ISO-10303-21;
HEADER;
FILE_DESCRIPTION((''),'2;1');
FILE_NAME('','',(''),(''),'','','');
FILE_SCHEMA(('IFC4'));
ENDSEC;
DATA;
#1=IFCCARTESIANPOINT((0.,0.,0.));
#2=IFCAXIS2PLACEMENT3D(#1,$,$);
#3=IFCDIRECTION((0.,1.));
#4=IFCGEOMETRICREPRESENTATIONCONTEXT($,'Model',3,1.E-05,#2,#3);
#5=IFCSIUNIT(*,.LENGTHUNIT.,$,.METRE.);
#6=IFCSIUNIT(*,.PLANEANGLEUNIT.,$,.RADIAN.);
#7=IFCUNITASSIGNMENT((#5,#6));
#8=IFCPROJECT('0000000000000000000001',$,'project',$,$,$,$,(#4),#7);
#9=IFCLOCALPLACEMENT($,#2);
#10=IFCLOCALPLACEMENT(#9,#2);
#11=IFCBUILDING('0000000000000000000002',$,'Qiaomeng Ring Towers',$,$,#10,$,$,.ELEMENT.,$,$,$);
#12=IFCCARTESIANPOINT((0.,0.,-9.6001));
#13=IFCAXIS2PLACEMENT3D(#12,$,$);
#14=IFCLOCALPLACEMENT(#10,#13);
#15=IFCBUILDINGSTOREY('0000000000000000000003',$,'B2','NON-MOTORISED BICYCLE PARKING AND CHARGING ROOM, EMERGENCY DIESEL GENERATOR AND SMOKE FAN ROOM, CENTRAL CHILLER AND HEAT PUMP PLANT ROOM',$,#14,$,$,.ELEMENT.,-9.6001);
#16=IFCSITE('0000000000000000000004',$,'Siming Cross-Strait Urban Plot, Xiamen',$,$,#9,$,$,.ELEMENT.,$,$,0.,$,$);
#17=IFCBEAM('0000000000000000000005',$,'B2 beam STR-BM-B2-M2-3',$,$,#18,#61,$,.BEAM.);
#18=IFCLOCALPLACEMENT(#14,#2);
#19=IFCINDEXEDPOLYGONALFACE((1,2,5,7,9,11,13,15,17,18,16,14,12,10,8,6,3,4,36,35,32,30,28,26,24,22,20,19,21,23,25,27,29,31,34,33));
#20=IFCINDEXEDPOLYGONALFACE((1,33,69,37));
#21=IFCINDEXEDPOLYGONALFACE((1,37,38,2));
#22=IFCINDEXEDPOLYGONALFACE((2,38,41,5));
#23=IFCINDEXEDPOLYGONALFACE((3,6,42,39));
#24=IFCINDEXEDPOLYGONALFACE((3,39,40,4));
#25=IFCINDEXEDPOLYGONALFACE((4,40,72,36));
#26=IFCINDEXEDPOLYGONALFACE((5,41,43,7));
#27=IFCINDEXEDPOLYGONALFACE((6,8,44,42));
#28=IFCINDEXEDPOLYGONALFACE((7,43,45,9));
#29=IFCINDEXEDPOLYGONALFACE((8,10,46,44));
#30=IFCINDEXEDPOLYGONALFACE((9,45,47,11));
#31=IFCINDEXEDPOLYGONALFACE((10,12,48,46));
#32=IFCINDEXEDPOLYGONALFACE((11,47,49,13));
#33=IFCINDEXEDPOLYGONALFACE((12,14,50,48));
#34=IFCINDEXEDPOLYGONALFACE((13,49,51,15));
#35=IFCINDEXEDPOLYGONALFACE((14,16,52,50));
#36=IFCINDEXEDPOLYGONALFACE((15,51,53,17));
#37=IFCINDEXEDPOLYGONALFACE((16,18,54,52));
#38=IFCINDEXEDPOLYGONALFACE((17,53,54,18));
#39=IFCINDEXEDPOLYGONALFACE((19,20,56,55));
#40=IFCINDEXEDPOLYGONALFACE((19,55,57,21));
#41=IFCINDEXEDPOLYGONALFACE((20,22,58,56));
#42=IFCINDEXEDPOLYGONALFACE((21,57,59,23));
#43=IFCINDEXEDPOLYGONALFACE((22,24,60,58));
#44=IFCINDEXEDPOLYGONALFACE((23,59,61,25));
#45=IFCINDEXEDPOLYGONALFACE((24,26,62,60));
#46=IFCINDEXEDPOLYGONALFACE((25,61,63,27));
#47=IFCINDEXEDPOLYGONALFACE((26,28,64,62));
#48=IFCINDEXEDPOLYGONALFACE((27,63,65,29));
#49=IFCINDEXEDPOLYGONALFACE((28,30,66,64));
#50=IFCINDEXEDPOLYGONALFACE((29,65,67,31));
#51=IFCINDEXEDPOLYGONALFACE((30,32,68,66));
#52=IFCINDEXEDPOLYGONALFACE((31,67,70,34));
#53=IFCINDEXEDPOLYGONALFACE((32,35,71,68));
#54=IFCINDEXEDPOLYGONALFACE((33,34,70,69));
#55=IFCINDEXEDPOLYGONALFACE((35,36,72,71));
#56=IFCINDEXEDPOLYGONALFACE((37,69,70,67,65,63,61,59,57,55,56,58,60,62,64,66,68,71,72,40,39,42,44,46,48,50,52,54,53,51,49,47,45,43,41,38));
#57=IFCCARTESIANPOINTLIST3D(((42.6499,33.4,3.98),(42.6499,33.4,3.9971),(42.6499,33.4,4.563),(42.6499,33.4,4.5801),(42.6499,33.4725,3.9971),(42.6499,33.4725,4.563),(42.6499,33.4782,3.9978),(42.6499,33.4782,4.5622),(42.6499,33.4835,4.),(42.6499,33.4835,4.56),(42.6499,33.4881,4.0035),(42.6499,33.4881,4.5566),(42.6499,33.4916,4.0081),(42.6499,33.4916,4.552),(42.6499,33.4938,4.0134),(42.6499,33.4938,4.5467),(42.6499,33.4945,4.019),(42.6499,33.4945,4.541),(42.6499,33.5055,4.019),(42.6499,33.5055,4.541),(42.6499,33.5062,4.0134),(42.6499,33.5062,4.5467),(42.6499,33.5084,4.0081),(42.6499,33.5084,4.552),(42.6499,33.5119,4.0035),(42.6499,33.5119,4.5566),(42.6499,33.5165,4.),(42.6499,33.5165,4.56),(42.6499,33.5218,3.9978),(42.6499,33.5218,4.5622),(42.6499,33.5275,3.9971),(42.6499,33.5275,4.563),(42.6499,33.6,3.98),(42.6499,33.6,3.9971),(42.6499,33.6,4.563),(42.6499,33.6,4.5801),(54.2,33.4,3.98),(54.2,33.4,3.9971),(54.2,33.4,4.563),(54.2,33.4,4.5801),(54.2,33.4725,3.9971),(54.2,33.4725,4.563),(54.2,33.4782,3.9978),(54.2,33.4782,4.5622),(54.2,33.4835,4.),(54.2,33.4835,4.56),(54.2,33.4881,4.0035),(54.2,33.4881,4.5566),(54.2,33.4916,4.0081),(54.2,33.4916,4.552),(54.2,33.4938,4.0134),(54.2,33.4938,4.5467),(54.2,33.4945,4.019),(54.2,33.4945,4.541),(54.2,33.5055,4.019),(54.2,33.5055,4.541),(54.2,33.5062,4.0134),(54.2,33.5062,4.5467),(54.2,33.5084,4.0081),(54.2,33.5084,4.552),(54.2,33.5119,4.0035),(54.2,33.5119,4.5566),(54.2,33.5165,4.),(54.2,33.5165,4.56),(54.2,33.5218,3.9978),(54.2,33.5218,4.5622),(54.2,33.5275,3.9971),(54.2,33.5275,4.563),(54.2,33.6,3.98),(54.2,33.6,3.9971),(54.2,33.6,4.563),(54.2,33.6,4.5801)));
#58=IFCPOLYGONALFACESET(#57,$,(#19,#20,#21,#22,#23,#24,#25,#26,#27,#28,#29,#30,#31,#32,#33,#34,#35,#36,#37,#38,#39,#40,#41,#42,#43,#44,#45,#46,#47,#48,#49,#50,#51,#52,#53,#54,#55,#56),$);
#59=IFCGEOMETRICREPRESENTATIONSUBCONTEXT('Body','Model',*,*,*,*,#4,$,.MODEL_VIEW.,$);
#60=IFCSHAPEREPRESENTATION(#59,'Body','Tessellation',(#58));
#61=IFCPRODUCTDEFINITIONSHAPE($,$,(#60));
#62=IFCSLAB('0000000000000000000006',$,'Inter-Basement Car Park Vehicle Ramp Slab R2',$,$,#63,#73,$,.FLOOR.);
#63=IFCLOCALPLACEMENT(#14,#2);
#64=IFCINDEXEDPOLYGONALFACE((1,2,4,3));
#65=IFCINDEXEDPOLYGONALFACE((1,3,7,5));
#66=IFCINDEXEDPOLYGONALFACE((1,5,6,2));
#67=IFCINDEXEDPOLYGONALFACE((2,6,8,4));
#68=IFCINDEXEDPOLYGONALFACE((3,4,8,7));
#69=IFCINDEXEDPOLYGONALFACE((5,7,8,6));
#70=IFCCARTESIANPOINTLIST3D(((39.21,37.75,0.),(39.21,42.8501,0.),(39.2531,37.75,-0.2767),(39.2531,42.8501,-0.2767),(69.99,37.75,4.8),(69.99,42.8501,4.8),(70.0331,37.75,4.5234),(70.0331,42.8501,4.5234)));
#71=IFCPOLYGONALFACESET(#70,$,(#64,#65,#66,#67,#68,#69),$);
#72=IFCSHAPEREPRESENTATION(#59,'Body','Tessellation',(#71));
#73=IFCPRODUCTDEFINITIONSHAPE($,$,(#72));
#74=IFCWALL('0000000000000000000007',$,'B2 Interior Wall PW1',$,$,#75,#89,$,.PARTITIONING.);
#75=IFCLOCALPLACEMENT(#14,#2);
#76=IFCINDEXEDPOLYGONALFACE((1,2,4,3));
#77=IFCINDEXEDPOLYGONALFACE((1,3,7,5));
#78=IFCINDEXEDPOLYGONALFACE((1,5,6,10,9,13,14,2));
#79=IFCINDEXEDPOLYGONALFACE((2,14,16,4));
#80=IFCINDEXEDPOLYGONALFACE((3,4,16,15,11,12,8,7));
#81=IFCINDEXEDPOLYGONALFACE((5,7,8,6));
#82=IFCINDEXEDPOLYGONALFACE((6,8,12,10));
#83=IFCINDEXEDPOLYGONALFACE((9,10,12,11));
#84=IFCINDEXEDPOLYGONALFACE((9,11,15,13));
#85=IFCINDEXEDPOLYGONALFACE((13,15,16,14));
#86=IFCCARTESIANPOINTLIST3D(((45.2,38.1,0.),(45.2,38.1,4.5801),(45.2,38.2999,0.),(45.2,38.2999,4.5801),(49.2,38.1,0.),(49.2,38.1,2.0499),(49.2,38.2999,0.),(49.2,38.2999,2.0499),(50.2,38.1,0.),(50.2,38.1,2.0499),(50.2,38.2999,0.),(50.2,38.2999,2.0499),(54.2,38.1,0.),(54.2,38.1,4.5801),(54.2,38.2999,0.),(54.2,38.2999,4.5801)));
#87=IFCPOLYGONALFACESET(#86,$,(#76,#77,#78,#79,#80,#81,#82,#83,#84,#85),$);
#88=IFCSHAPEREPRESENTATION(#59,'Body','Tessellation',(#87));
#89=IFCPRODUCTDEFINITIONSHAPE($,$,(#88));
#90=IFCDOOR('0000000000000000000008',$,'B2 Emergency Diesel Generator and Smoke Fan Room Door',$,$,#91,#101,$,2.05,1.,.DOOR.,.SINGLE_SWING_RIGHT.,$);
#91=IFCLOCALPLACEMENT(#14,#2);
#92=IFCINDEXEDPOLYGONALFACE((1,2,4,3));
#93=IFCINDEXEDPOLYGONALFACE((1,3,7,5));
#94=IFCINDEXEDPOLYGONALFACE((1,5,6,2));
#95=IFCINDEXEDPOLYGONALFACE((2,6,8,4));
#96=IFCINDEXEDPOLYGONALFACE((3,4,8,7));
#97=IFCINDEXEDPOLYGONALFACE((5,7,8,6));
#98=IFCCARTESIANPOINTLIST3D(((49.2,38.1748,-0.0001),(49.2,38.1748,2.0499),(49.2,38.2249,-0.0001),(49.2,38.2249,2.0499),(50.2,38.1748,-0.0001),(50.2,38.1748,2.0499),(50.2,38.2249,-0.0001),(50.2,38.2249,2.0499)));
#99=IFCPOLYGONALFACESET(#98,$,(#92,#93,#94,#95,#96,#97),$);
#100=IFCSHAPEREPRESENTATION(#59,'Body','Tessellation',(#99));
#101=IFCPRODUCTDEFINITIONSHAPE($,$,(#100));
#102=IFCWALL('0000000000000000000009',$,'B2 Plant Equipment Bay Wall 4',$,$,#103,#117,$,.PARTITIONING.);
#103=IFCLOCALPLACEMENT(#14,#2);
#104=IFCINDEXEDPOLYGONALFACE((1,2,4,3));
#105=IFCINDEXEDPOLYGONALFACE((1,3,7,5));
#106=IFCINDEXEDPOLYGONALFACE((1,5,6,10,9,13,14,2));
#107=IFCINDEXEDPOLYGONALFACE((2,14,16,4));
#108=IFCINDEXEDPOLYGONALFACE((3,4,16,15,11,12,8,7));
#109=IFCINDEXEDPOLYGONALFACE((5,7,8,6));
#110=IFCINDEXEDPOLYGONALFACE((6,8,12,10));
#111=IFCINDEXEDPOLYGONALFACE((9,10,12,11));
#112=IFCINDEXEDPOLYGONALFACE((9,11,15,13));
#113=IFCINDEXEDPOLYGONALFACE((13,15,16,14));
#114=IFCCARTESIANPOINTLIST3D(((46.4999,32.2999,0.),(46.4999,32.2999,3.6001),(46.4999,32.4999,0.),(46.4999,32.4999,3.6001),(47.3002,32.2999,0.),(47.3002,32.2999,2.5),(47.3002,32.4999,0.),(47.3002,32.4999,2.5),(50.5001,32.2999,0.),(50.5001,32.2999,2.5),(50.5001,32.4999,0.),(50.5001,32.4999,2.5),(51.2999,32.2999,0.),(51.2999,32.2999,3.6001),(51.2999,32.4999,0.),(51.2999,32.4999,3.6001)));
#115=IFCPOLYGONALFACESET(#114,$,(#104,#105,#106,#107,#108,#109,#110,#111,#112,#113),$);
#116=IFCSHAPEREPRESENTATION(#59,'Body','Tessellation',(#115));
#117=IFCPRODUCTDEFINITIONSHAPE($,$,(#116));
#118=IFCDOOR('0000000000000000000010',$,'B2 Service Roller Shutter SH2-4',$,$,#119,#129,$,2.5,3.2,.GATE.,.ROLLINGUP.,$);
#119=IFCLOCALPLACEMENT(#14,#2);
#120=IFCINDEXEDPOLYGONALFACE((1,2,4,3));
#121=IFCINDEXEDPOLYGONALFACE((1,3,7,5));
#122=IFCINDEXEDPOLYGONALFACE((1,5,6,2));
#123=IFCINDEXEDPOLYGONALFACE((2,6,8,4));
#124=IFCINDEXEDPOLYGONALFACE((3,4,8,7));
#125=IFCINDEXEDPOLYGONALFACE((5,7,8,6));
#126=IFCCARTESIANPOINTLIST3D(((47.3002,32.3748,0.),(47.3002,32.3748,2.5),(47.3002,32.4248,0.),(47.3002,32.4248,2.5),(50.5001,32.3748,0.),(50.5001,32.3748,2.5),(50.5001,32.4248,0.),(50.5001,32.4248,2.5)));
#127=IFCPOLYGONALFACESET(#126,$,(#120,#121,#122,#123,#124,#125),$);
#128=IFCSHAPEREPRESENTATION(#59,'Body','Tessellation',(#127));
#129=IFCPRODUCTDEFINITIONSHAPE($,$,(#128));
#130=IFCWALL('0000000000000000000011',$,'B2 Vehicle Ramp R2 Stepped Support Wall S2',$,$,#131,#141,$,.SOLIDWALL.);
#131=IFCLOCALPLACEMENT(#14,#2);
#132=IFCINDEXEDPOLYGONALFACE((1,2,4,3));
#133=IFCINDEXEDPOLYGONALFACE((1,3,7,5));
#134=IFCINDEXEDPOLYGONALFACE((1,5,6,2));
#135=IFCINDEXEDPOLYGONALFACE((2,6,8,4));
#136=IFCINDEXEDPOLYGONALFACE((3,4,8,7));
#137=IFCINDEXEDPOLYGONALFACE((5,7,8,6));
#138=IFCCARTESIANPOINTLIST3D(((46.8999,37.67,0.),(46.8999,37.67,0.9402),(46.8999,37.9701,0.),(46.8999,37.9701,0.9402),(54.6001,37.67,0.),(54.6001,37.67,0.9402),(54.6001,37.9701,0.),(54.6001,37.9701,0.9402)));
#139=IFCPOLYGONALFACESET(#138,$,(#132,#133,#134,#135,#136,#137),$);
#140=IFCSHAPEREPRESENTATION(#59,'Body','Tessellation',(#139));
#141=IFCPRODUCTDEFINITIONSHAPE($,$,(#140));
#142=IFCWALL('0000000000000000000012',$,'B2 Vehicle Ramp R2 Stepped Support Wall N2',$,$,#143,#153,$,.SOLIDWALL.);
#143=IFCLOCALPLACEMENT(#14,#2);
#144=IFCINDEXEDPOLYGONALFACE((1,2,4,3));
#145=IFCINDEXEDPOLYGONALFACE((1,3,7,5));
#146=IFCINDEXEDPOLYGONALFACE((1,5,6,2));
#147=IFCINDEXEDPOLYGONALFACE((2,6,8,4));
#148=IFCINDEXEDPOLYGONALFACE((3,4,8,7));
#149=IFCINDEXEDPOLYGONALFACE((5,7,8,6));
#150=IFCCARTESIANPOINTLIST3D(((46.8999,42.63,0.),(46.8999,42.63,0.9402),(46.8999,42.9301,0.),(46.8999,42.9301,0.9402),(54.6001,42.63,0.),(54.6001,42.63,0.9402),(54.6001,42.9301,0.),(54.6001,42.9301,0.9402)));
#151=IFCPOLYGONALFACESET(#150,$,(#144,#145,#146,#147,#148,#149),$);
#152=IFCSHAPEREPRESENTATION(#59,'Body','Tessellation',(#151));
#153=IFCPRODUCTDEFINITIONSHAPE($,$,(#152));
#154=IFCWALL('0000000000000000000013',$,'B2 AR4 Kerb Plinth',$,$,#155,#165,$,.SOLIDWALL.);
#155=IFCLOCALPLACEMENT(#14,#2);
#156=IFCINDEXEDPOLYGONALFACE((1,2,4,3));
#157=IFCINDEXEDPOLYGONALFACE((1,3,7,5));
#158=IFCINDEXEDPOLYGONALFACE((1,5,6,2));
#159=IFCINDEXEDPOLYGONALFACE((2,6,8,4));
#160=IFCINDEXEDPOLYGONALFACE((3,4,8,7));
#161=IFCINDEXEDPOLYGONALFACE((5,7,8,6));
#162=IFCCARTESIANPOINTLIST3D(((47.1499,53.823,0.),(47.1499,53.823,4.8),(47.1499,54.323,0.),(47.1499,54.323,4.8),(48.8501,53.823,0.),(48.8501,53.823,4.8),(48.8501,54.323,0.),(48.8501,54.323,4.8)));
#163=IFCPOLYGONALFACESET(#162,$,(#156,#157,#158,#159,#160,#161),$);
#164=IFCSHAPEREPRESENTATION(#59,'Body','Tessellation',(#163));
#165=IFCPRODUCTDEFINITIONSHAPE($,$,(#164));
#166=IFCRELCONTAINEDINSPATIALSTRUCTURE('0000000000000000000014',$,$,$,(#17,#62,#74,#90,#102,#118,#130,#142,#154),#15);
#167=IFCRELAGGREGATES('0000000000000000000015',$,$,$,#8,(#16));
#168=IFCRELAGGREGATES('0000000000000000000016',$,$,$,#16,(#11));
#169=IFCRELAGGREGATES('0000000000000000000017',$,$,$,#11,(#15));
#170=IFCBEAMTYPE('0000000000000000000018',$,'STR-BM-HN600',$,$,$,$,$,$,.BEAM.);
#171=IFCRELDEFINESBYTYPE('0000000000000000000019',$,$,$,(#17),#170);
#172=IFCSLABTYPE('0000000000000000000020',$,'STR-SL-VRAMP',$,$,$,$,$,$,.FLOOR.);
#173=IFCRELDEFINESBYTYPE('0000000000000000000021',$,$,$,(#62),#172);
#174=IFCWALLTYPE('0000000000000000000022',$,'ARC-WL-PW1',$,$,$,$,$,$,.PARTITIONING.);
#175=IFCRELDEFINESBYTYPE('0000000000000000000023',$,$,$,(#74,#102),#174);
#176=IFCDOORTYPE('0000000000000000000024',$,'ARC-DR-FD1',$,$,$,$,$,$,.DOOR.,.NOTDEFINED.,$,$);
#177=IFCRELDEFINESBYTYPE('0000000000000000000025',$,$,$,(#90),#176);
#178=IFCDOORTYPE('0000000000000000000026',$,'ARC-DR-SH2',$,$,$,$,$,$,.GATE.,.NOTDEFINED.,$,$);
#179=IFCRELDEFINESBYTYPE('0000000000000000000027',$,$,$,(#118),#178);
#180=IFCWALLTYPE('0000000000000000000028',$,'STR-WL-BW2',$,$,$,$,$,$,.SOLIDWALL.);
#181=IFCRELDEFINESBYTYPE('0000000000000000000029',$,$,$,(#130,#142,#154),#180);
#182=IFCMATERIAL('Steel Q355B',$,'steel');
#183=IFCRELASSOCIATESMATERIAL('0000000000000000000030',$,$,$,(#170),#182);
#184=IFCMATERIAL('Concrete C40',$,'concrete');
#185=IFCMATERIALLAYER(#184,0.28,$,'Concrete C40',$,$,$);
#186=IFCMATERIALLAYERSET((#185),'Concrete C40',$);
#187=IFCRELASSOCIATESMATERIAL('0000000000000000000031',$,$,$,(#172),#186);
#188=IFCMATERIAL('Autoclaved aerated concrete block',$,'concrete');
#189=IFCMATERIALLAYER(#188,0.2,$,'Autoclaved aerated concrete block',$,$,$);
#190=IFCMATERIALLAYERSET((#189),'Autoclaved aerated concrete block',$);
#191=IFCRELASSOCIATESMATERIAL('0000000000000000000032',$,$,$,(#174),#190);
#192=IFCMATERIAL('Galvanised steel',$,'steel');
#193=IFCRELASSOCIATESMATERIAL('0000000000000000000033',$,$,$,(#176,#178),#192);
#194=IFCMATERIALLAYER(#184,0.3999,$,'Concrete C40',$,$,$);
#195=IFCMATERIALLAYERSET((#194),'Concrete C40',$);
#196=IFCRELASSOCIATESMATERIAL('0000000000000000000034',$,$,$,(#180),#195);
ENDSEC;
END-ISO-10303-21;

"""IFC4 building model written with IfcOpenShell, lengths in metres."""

from ifc_helpers import new_model, si_unit, direction, frame, frame_2d, origin, origin_2d, place, context, subcontext, project, spatial, polyline, rectangle, i_section, outline, extrude, source, transform, mapped, material, layer, layer_set, material_profile, profile_set, type_object, element, fill, save


model = new_model("IFC4")

# Units and contexts
model_context = context("Model", 3, precision=1e-05, world=origin(), true_north=direction((0.0, 1.0)))
body_context = subcontext(model_context, "Body", "Model", "MODEL_VIEW")
ifc_project = project(units=[si_unit("LENGTHUNIT", "METRE"), si_unit("PLANEANGLEUNIT", "RADIAN")], contexts=[model_context])

# Site, building, storey
site_placement = place(None, origin())
site = spatial("IfcSite", under=ifc_project, at=site_placement, Name="Siming Cross-Strait Urban Plot, Xiamen", CompositionType="ELEMENT", RefElevation=0.0)
building_placement = place(site_placement, origin())
building = spatial("IfcBuilding", under=site, at=building_placement, Name="Qiaomeng Ring Towers", CompositionType="ELEMENT")
storey_placement = place(building_placement, frame((0.0, 0.0, -9.6001)))
storey = spatial("IfcBuildingStorey", under=building, at=storey_placement, Name="B2", Description="NON-MOTORISED BICYCLE PARKING AND CHARGING ROOM, EMERGENCY DIESEL GENERATOR AND SMOKE FAN ROOM, CENTRAL CHILLER AND HEAT PUMP PLANT ROOM", CompositionType="ELEMENT", Elevation=-9.6001)

# Shared definitions
ifc_material_1 = material(Name="Concrete C40", Category="concrete")

# Beam
ifc_material_2 = material(Name="Steel Q355B", Category="steel")
ifc_material_profile_1 = material_profile(ifc_material_2, i_section(OverallWidth=0.2, OverallDepth=0.6001, WebThickness=0.011, FlangeThickness=0.0171, FilletRadius=0.022, at=origin_2d()), Name="HN 600x200x11x17")
ifc_profile_set_1 = profile_set([ifc_material_profile_1], Name="Steel Q355B")
beam_type_1 = type_object("IfcBeamType", Name="STR-BM-HN600", PredefinedType="BEAM", material=ifc_profile_set_1)
shared_shape_1 = source(origin(), body_context, "Body", "SweptSolid", [
    extrude(i_section(OverallWidth=0.2, OverallDepth=0.6001, WebThickness=0.011, FlangeThickness=0.0171, FilletRadius=0.022, at=origin_2d()), origin(), (0.0, 0.0, 1.0), 11.55),
])
beam_1_placement = place(storey_placement, frame((42.6499, 33.5, 4.28), z_axis=(1.0, 0.0, 0.0), x_axis=(0.0, 1.0, 0.0)))
element("IfcBeam", 1, at=beam_1_placement, inside=storey, type_object=beam_type_1, Name="B2 beam STR-BM-B2-M2-3", PredefinedType="BEAM", context=body_context, shape_type="MappedRepresentation", body=[
    mapped(shared_shape_1, transform((0.0, 0.0, 0.0), x_axis=(1.0, 0.0, 0.0), y_axis=(0.0, 1.0, 0.0), z_axis=(0.0, 0.0, 1.0), scale=1.0)),
])

# Slab
ifc_layer_1 = layer(ifc_material_1, 0.28, Name="Concrete C40")
ifc_layer_set_1 = layer_set([ifc_layer_1], Name="Concrete C40")
slab_type = type_object("IfcSlabType", Name="STR-SL-VRAMP", PredefinedType="FLOOR", material=ifc_layer_set_1)
slab_placement = place(storey_placement, frame((39.21, 37.75, 0.0), z_axis=(-0.154084, 0.0, 0.988058), x_axis=(0.988058, 0.0, 0.154084)))
element("IfcSlab", 2, at=slab_placement, inside=storey, type_object=slab_type, Name="Inter-Basement Car Park Vehicle Ramp Slab R2", PredefinedType="FLOOR", context=body_context, shape_type="SweptSolid", body=[
    extrude(outline(polyline([(0.0, 0.0), (31.1521, 0.0), (31.1521, 5.1001), (0.0, 5.1001), (0.0, 0.0)])), origin(), (0.0, 0.0, -1.0), 0.28),
])

# Walls, openings, doors
ifc_material_3 = material(Name="Autoclaved aerated concrete block", Category="concrete")
ifc_layer_2 = layer(ifc_material_3, 0.2, Name="Autoclaved aerated concrete block")
ifc_layer_set_2 = layer_set([ifc_layer_2], Name="Autoclaved aerated concrete block")
wall_type_1 = type_object("IfcWallType", Name="ARC-WL-PW1", PredefinedType="PARTITIONING", material=ifc_layer_set_2)
wall_1_placement = place(storey_placement, frame((45.2, 38.2, 0.0), z_axis=(0.0, 0.0, 1.0), x_axis=(1.0, 0.0, 0.0)))
wall_1 = element("IfcWall", 3, at=wall_1_placement, inside=storey, type_object=wall_type_1, Name="B2 Interior Wall PW1", PredefinedType="PARTITIONING", context=body_context, shape_type="SweptSolid", body=[
    extrude(rectangle(XDim=9.0, YDim=0.2, at=frame_2d((4.5, 0.0))), origin(), (0.0, 0.0, 1.0), 4.5801),
])
opening_1_placement = place(wall_1_placement, frame((4.0, 0.0, 0.0)))
opening_1 = element("IfcOpeningElement", 4, at=opening_1_placement, cuts=wall_1, PredefinedType="OPENING", context=body_context, shape_type="SweptSolid", body=[
    extrude(rectangle(XDim=1.0, YDim=2.05, at=frame_2d((0.5, 1.0249))), frame((0.0, 0.1099, 0.0), z_axis=(0.0, -1.0, 0.0), x_axis=(1.0, 0.0, 0.0)), (0.0, 0.0, 1.0), 0.22),
])
ifc_material_4 = material(Name="Galvanised steel", Category="steel")
door_type_1 = type_object("IfcDoorType", Name="ARC-DR-FD1", OperationType="NOTDEFINED", PredefinedType="DOOR", material=ifc_material_4)
shared_shape_2 = source(origin(), body_context, "Body", "SweptSolid", [
    extrude(rectangle(XDim=1.0, YDim=2.05, at=frame_2d((0.5, 1.0249))), frame((0.0, 0.0249, 0.0), z_axis=(0.0, -1.0, 0.0), x_axis=(1.0, 0.0, 0.0)), (0.0, 0.0, 1.0), 0.05),
])
door_1_placement = place(opening_1_placement, origin())
door_1 = element("IfcDoor", 5, at=door_1_placement, inside=storey, type_object=door_type_1, Name="B2 Emergency Diesel Generator and Smoke Fan Room Door", OperationType="SINGLE_SWING_RIGHT", OverallHeight=2.05, OverallWidth=1.0, PredefinedType="DOOR", context=body_context, shape_type="MappedRepresentation", body=[
    mapped(shared_shape_2, transform((0.0, 0.0, 0.0), x_axis=(1.0, 0.0, 0.0), y_axis=(0.0, 1.0, 0.0), z_axis=(0.0, 0.0, 1.0), scale=1.0)),
])
fill(opening_1, door_1)
wall_2_placement = place(storey_placement, frame((46.5, 32.3999, 0.0), z_axis=(0.0, 0.0, 1.0), x_axis=(1.0, 0.0, 0.0)))
wall_2 = element("IfcWall", 6, at=wall_2_placement, inside=storey, type_object=wall_type_1, Name="B2 Plant Equipment Bay Wall 4", PredefinedType="PARTITIONING", context=body_context, shape_type="SweptSolid", body=[
    extrude(rectangle(XDim=4.8, YDim=0.2, at=frame_2d((2.3999, 0.0))), origin(), (0.0, 0.0, 1.0), 3.6001),
])
opening_2_placement = place(wall_2_placement, frame((0.8, 0.0, 0.0)))
opening_2 = element("IfcOpeningElement", 7, at=opening_2_placement, cuts=wall_2, PredefinedType="OPENING", context=body_context, shape_type="SweptSolid", body=[
    extrude(rectangle(XDim=3.2, YDim=2.5, at=frame_2d((1.6001, 1.25))), frame((0.0, 0.1099, 0.0), z_axis=(0.0, -1.0, 0.0), x_axis=(1.0, 0.0, 0.0)), (0.0, 0.0, 1.0), 0.22),
])
door_type_2 = type_object("IfcDoorType", Name="ARC-DR-SH2", OperationType="NOTDEFINED", PredefinedType="GATE", material=ifc_material_4)
shared_shape_3 = source(origin(), body_context, "Body", "SweptSolid", [
    extrude(rectangle(XDim=3.2, YDim=2.5, at=frame_2d((1.6001, 1.25))), frame((0.0, 0.0249, 0.0), z_axis=(0.0, -1.0, 0.0), x_axis=(1.0, 0.0, 0.0)), (0.0, 0.0, 1.0), 0.05),
])
door_2_placement = place(opening_2_placement, origin())
door_2 = element("IfcDoor", 8, at=door_2_placement, inside=storey, type_object=door_type_2, Name="B2 Service Roller Shutter SH2-4", OperationType="ROLLINGUP", OverallHeight=2.5, OverallWidth=3.2, PredefinedType="GATE", context=body_context, shape_type="MappedRepresentation", body=[
    mapped(shared_shape_3, transform((0.0, 0.0, 0.0), x_axis=(1.0, 0.0, 0.0), y_axis=(0.0, 1.0, 0.0), z_axis=(0.0, 0.0, 1.0), scale=1.0)),
])
fill(opening_2, door_2)

# Walls
ifc_layer_3 = layer(ifc_material_1, 0.3999, Name="Concrete C40")
ifc_layer_set_3 = layer_set([ifc_layer_3], Name="Concrete C40")
wall_type_2 = type_object("IfcWallType", Name="STR-WL-BW2", PredefinedType="SOLIDWALL", material=ifc_layer_set_3)
for number, where, z_axis, x_axis, name in (
    (9, (46.8999, 37.8201, 0.0), (0.0, 0.0, 1.0), (1.0, 0.0, 0.0), "B2 Vehicle Ramp R2 Stepped Support Wall S2"),
    (10, (46.8999, 42.78, 0.0), (0.0, 0.0, 1.0), (1.0, 0.0, 0.0), "B2 Vehicle Ramp R2 Stepped Support Wall N2"),
):
    element("IfcWall", number, at=place(storey_placement, frame(where, z_axis=z_axis, x_axis=x_axis)), inside=storey, type_object=wall_type_2, Name=name, PredefinedType="SOLIDWALL", context=body_context, shape_type="SweptSolid", body=[
        extrude(rectangle(XDim=7.7002, YDim=0.3, at=frame_2d((3.8501, 0.0))), origin(), (0.0, 0.0, 1.0), 0.9402),
    ])
wall_3_placement = place(storey_placement, frame((47.1499, 54.073, 0.0), z_axis=(0.0, 0.0, 1.0), x_axis=(1.0, 0.0, 0.0)))
element("IfcWall", 11, at=wall_3_placement, inside=storey, type_object=wall_type_2, Name="B2 AR4 Kerb Plinth", PredefinedType="SOLIDWALL", context=body_context, shape_type="SweptSolid", body=[
    extrude(rectangle(XDim=1.7002, YDim=0.5, at=frame_2d((0.8501, 0.0))), origin(), (0.0, 0.0, 1.0), 4.8),
])

save(model, "model.ifc")
